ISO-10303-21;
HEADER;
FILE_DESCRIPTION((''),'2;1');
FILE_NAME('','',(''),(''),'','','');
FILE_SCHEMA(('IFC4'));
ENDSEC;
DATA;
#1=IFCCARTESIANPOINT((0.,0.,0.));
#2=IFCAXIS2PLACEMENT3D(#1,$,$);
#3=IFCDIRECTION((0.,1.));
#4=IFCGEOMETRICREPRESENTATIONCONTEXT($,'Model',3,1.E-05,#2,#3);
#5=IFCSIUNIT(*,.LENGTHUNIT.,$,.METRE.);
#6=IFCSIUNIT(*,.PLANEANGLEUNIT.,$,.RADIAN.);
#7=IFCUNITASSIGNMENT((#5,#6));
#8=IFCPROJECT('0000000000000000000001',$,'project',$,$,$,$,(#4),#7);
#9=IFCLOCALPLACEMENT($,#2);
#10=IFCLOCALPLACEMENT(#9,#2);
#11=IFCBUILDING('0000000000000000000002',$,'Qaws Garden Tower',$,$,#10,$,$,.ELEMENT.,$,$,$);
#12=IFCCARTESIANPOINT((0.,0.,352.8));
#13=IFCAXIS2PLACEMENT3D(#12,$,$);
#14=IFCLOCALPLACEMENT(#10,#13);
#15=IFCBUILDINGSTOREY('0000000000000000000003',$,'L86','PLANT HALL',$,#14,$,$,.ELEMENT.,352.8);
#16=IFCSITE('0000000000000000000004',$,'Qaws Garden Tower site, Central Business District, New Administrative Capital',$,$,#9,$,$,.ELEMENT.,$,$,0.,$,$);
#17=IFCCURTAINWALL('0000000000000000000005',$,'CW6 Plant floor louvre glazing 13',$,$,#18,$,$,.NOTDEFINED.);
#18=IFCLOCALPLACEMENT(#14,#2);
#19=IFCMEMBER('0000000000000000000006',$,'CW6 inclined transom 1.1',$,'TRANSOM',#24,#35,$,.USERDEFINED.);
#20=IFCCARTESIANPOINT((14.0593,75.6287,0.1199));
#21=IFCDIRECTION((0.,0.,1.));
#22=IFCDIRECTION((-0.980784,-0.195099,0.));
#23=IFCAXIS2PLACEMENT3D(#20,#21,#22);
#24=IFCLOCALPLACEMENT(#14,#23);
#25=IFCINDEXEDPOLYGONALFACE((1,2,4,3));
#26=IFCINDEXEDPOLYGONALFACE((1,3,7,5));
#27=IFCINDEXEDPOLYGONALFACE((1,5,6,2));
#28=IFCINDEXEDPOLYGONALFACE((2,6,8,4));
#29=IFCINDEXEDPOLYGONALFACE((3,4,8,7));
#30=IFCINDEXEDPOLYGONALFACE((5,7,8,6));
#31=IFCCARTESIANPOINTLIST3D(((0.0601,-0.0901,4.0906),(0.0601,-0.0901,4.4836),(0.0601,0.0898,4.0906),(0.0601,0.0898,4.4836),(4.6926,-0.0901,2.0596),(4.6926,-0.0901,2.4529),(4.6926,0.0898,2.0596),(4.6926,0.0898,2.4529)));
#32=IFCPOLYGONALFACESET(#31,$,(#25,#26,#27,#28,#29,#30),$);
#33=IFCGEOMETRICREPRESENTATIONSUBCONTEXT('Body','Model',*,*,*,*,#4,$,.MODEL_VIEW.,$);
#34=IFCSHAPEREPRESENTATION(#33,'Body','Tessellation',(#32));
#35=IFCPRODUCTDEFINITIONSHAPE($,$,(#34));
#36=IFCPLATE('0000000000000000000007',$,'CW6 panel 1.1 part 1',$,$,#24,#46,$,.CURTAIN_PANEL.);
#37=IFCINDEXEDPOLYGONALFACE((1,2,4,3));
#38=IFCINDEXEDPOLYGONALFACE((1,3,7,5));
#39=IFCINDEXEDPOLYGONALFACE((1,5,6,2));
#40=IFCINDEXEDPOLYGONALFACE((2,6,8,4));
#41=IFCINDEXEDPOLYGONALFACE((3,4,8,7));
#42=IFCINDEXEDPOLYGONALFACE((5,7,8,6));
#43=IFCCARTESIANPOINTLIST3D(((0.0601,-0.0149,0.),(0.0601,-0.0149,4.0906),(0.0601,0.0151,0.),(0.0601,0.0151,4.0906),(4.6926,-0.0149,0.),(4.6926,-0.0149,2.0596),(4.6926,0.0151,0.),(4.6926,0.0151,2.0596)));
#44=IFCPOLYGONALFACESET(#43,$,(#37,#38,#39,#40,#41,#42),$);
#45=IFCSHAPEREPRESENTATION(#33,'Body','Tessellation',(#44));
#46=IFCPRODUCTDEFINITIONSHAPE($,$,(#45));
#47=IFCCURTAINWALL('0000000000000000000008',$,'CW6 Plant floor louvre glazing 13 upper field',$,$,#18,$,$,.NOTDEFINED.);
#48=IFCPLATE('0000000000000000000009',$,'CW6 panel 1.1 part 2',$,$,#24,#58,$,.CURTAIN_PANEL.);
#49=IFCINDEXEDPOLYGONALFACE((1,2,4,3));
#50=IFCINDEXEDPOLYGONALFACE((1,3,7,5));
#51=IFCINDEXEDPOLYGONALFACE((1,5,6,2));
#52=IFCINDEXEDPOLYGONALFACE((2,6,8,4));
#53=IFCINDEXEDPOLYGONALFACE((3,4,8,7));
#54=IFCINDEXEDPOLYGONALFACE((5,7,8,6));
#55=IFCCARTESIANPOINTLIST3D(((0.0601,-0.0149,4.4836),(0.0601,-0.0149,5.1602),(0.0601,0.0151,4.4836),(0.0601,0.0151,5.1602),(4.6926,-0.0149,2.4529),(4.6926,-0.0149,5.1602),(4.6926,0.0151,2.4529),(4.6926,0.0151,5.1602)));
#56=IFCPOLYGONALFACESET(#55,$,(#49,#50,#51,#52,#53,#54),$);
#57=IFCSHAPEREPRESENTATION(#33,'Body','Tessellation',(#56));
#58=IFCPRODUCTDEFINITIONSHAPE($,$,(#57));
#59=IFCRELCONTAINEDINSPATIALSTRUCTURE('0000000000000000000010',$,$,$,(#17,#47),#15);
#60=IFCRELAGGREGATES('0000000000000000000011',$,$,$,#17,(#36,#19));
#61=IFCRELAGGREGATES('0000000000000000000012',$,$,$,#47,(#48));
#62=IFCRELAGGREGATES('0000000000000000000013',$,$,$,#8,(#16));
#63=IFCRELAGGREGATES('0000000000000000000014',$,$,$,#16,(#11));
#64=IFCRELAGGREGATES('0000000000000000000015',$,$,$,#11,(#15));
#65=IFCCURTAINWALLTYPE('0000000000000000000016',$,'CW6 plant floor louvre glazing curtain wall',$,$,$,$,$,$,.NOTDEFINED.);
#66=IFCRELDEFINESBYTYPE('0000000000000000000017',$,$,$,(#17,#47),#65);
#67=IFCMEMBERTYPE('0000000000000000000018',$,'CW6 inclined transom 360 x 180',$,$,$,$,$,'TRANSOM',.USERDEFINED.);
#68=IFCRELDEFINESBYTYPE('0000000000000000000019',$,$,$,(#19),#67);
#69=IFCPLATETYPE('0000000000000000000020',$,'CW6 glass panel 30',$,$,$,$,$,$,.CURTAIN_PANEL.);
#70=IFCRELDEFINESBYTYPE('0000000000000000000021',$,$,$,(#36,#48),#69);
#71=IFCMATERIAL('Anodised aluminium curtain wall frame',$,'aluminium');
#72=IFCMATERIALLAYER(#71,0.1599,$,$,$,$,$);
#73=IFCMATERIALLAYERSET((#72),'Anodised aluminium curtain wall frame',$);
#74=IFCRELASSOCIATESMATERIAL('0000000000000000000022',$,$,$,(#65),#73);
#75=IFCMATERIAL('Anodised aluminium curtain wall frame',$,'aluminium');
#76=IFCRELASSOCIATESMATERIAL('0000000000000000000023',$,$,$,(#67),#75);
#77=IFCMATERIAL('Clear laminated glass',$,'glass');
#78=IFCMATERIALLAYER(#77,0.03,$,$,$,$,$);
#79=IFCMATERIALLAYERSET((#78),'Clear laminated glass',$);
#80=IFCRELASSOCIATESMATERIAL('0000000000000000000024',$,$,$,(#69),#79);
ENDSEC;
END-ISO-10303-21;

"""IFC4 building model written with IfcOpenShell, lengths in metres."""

from ifc_helpers import new_model, si_unit, direction, frame, origin, origin_2d, place, context, subcontext, project, spatial, polyline, rectangle, outline, extrude, material, layer, layer_set, material_profile, profile_set, type_object, element, aggregate, save


model = new_model("IFC4")

# Units and contexts
model_context = context("Model", 3, precision=1e-05, world=origin(), true_north=direction((0.0, 1.0)))
body_context = subcontext(model_context, "Body", "Model", "MODEL_VIEW")
ifc_project = project(units=[si_unit("LENGTHUNIT", "METRE"), si_unit("PLANEANGLEUNIT", "RADIAN")], contexts=[model_context])

# Site, building, storey
site_placement = place(None, origin())
site = spatial("IfcSite", under=ifc_project, at=site_placement, Name="Qaws Garden Tower site, Central Business District, New Administrative Capital", CompositionType="ELEMENT", RefElevation=0.0)
building_placement = place(site_placement, origin())
building = spatial("IfcBuilding", under=site, at=building_placement, Name="Qaws Garden Tower", CompositionType="ELEMENT")
storey_placement = place(building_placement, frame((0.0, 0.0, 352.8)))
storey = spatial("IfcBuildingStorey", under=building, at=storey_placement, Name="L86", Description="PLANT HALL", CompositionType="ELEMENT", Elevation=352.8)

# Curtain wall, member
ifc_material_1 = material(Name="Anodised aluminium curtain wall frame", Category="aluminium")
ifc_layer_1 = layer(ifc_material_1, 0.1599)
ifc_layer_set_1 = layer_set([ifc_layer_1], Name="Anodised aluminium curtain wall frame")
curtain_wall_type = type_object("IfcCurtainWallType", Name="CW6 plant floor louvre glazing curtain wall", PredefinedType="NOTDEFINED", material=ifc_layer_set_1)
placement_1 = place(storey_placement, origin())
curtain_wall_1 = element("IfcCurtainWall", 1, at=placement_1, inside=storey, type_object=curtain_wall_type, Name="CW6 Plant floor louvre glazing 13", PredefinedType="NOTDEFINED")
ifc_material_2 = material(Name="Anodised aluminium curtain wall frame", Category="aluminium")
ifc_material_profile_1 = material_profile(ifc_material_2, rectangle(XDim=0.1799, YDim=0.3601, at=origin_2d()), Name="AL 180x360")
ifc_profile_set_1 = profile_set([ifc_material_profile_1], Name="Anodised aluminium curtain wall frame")
member_type_1 = type_object("IfcMemberType", Name="CW6 inclined transom 360 x 180", ElementType="TRANSOM", PredefinedType="USERDEFINED", material=ifc_profile_set_1)
placement_2 = place(storey_placement, frame((14.0593, 75.6287, 0.1199), z_axis=(0.0, 0.0, 1.0), x_axis=(-0.980784, -0.195099, 0.0)))
member_1 = element("IfcMember", 2, at=placement_2, type_object=member_type_1, Name="CW6 inclined transom 1.1", ObjectType="TRANSOM", PredefinedType="USERDEFINED", context=body_context, shape_type="SweptSolid", body=[
    extrude(outline(polyline([(0.0601, 4.0906), (4.6926, 2.0596), (4.6926, 2.4529), (0.0601, 4.4836), (0.0601, 4.0906)])), frame((0.0, 0.0898, 0.0), z_axis=(0.0, -1.0, 0.0), x_axis=(1.0, 0.0, 0.0)), (0.0, 0.0, 1.0), 0.1799),
])

# Plate
ifc_material_3 = material(Name="Clear laminated glass", Category="glass")
ifc_layer_2 = layer(ifc_material_3, 0.03)
ifc_layer_set_2 = layer_set([ifc_layer_2], Name="Clear laminated glass")
plate_type = type_object("IfcPlateType", Name="CW6 glass panel 30", PredefinedType="CURTAIN_PANEL", material=ifc_layer_set_2)
plate_1 = element("IfcPlate", 3, at=placement_2, type_object=plate_type, Name="CW6 panel 1.1 part 1", PredefinedType="CURTAIN_PANEL", context=body_context, shape_type="SweptSolid", body=[
    extrude(outline(polyline([(4.6926, 0.0), (4.6926, 2.0596), (0.0601, 4.0906), (0.0601, 0.0), (4.6926, 0.0)])), frame((0.0, 0.0151, 0.0), z_axis=(0.0, -1.0, 0.0), x_axis=(1.0, 0.0, 0.0)), (0.0, 0.0, 1.0), 0.03),
])
aggregate(curtain_wall_1, [plate_1, member_1])

# Curtain wall, plate
curtain_wall_2 = element("IfcCurtainWall", 4, at=placement_1, inside=storey, type_object=curtain_wall_type, Name="CW6 Plant floor louvre glazing 13 upper field", PredefinedType="NOTDEFINED")
plate_2 = element("IfcPlate", 5, at=placement_2, type_object=plate_type, Name="CW6 panel 1.1 part 2", PredefinedType="CURTAIN_PANEL", context=body_context, shape_type="SweptSolid", body=[
    extrude(outline(polyline([(0.0601, 5.1602), (0.0601, 4.4836), (4.6926, 2.4529), (4.6926, 5.1602), (0.0601, 5.1602)])), frame((0.0, 0.0151, 0.0), z_axis=(0.0, -1.0, 0.0), x_axis=(1.0, 0.0, 0.0)), (0.0, 0.0, 1.0), 0.03),
])
aggregate(curtain_wall_2, [plate_2])

save(model, "model.ifc")
